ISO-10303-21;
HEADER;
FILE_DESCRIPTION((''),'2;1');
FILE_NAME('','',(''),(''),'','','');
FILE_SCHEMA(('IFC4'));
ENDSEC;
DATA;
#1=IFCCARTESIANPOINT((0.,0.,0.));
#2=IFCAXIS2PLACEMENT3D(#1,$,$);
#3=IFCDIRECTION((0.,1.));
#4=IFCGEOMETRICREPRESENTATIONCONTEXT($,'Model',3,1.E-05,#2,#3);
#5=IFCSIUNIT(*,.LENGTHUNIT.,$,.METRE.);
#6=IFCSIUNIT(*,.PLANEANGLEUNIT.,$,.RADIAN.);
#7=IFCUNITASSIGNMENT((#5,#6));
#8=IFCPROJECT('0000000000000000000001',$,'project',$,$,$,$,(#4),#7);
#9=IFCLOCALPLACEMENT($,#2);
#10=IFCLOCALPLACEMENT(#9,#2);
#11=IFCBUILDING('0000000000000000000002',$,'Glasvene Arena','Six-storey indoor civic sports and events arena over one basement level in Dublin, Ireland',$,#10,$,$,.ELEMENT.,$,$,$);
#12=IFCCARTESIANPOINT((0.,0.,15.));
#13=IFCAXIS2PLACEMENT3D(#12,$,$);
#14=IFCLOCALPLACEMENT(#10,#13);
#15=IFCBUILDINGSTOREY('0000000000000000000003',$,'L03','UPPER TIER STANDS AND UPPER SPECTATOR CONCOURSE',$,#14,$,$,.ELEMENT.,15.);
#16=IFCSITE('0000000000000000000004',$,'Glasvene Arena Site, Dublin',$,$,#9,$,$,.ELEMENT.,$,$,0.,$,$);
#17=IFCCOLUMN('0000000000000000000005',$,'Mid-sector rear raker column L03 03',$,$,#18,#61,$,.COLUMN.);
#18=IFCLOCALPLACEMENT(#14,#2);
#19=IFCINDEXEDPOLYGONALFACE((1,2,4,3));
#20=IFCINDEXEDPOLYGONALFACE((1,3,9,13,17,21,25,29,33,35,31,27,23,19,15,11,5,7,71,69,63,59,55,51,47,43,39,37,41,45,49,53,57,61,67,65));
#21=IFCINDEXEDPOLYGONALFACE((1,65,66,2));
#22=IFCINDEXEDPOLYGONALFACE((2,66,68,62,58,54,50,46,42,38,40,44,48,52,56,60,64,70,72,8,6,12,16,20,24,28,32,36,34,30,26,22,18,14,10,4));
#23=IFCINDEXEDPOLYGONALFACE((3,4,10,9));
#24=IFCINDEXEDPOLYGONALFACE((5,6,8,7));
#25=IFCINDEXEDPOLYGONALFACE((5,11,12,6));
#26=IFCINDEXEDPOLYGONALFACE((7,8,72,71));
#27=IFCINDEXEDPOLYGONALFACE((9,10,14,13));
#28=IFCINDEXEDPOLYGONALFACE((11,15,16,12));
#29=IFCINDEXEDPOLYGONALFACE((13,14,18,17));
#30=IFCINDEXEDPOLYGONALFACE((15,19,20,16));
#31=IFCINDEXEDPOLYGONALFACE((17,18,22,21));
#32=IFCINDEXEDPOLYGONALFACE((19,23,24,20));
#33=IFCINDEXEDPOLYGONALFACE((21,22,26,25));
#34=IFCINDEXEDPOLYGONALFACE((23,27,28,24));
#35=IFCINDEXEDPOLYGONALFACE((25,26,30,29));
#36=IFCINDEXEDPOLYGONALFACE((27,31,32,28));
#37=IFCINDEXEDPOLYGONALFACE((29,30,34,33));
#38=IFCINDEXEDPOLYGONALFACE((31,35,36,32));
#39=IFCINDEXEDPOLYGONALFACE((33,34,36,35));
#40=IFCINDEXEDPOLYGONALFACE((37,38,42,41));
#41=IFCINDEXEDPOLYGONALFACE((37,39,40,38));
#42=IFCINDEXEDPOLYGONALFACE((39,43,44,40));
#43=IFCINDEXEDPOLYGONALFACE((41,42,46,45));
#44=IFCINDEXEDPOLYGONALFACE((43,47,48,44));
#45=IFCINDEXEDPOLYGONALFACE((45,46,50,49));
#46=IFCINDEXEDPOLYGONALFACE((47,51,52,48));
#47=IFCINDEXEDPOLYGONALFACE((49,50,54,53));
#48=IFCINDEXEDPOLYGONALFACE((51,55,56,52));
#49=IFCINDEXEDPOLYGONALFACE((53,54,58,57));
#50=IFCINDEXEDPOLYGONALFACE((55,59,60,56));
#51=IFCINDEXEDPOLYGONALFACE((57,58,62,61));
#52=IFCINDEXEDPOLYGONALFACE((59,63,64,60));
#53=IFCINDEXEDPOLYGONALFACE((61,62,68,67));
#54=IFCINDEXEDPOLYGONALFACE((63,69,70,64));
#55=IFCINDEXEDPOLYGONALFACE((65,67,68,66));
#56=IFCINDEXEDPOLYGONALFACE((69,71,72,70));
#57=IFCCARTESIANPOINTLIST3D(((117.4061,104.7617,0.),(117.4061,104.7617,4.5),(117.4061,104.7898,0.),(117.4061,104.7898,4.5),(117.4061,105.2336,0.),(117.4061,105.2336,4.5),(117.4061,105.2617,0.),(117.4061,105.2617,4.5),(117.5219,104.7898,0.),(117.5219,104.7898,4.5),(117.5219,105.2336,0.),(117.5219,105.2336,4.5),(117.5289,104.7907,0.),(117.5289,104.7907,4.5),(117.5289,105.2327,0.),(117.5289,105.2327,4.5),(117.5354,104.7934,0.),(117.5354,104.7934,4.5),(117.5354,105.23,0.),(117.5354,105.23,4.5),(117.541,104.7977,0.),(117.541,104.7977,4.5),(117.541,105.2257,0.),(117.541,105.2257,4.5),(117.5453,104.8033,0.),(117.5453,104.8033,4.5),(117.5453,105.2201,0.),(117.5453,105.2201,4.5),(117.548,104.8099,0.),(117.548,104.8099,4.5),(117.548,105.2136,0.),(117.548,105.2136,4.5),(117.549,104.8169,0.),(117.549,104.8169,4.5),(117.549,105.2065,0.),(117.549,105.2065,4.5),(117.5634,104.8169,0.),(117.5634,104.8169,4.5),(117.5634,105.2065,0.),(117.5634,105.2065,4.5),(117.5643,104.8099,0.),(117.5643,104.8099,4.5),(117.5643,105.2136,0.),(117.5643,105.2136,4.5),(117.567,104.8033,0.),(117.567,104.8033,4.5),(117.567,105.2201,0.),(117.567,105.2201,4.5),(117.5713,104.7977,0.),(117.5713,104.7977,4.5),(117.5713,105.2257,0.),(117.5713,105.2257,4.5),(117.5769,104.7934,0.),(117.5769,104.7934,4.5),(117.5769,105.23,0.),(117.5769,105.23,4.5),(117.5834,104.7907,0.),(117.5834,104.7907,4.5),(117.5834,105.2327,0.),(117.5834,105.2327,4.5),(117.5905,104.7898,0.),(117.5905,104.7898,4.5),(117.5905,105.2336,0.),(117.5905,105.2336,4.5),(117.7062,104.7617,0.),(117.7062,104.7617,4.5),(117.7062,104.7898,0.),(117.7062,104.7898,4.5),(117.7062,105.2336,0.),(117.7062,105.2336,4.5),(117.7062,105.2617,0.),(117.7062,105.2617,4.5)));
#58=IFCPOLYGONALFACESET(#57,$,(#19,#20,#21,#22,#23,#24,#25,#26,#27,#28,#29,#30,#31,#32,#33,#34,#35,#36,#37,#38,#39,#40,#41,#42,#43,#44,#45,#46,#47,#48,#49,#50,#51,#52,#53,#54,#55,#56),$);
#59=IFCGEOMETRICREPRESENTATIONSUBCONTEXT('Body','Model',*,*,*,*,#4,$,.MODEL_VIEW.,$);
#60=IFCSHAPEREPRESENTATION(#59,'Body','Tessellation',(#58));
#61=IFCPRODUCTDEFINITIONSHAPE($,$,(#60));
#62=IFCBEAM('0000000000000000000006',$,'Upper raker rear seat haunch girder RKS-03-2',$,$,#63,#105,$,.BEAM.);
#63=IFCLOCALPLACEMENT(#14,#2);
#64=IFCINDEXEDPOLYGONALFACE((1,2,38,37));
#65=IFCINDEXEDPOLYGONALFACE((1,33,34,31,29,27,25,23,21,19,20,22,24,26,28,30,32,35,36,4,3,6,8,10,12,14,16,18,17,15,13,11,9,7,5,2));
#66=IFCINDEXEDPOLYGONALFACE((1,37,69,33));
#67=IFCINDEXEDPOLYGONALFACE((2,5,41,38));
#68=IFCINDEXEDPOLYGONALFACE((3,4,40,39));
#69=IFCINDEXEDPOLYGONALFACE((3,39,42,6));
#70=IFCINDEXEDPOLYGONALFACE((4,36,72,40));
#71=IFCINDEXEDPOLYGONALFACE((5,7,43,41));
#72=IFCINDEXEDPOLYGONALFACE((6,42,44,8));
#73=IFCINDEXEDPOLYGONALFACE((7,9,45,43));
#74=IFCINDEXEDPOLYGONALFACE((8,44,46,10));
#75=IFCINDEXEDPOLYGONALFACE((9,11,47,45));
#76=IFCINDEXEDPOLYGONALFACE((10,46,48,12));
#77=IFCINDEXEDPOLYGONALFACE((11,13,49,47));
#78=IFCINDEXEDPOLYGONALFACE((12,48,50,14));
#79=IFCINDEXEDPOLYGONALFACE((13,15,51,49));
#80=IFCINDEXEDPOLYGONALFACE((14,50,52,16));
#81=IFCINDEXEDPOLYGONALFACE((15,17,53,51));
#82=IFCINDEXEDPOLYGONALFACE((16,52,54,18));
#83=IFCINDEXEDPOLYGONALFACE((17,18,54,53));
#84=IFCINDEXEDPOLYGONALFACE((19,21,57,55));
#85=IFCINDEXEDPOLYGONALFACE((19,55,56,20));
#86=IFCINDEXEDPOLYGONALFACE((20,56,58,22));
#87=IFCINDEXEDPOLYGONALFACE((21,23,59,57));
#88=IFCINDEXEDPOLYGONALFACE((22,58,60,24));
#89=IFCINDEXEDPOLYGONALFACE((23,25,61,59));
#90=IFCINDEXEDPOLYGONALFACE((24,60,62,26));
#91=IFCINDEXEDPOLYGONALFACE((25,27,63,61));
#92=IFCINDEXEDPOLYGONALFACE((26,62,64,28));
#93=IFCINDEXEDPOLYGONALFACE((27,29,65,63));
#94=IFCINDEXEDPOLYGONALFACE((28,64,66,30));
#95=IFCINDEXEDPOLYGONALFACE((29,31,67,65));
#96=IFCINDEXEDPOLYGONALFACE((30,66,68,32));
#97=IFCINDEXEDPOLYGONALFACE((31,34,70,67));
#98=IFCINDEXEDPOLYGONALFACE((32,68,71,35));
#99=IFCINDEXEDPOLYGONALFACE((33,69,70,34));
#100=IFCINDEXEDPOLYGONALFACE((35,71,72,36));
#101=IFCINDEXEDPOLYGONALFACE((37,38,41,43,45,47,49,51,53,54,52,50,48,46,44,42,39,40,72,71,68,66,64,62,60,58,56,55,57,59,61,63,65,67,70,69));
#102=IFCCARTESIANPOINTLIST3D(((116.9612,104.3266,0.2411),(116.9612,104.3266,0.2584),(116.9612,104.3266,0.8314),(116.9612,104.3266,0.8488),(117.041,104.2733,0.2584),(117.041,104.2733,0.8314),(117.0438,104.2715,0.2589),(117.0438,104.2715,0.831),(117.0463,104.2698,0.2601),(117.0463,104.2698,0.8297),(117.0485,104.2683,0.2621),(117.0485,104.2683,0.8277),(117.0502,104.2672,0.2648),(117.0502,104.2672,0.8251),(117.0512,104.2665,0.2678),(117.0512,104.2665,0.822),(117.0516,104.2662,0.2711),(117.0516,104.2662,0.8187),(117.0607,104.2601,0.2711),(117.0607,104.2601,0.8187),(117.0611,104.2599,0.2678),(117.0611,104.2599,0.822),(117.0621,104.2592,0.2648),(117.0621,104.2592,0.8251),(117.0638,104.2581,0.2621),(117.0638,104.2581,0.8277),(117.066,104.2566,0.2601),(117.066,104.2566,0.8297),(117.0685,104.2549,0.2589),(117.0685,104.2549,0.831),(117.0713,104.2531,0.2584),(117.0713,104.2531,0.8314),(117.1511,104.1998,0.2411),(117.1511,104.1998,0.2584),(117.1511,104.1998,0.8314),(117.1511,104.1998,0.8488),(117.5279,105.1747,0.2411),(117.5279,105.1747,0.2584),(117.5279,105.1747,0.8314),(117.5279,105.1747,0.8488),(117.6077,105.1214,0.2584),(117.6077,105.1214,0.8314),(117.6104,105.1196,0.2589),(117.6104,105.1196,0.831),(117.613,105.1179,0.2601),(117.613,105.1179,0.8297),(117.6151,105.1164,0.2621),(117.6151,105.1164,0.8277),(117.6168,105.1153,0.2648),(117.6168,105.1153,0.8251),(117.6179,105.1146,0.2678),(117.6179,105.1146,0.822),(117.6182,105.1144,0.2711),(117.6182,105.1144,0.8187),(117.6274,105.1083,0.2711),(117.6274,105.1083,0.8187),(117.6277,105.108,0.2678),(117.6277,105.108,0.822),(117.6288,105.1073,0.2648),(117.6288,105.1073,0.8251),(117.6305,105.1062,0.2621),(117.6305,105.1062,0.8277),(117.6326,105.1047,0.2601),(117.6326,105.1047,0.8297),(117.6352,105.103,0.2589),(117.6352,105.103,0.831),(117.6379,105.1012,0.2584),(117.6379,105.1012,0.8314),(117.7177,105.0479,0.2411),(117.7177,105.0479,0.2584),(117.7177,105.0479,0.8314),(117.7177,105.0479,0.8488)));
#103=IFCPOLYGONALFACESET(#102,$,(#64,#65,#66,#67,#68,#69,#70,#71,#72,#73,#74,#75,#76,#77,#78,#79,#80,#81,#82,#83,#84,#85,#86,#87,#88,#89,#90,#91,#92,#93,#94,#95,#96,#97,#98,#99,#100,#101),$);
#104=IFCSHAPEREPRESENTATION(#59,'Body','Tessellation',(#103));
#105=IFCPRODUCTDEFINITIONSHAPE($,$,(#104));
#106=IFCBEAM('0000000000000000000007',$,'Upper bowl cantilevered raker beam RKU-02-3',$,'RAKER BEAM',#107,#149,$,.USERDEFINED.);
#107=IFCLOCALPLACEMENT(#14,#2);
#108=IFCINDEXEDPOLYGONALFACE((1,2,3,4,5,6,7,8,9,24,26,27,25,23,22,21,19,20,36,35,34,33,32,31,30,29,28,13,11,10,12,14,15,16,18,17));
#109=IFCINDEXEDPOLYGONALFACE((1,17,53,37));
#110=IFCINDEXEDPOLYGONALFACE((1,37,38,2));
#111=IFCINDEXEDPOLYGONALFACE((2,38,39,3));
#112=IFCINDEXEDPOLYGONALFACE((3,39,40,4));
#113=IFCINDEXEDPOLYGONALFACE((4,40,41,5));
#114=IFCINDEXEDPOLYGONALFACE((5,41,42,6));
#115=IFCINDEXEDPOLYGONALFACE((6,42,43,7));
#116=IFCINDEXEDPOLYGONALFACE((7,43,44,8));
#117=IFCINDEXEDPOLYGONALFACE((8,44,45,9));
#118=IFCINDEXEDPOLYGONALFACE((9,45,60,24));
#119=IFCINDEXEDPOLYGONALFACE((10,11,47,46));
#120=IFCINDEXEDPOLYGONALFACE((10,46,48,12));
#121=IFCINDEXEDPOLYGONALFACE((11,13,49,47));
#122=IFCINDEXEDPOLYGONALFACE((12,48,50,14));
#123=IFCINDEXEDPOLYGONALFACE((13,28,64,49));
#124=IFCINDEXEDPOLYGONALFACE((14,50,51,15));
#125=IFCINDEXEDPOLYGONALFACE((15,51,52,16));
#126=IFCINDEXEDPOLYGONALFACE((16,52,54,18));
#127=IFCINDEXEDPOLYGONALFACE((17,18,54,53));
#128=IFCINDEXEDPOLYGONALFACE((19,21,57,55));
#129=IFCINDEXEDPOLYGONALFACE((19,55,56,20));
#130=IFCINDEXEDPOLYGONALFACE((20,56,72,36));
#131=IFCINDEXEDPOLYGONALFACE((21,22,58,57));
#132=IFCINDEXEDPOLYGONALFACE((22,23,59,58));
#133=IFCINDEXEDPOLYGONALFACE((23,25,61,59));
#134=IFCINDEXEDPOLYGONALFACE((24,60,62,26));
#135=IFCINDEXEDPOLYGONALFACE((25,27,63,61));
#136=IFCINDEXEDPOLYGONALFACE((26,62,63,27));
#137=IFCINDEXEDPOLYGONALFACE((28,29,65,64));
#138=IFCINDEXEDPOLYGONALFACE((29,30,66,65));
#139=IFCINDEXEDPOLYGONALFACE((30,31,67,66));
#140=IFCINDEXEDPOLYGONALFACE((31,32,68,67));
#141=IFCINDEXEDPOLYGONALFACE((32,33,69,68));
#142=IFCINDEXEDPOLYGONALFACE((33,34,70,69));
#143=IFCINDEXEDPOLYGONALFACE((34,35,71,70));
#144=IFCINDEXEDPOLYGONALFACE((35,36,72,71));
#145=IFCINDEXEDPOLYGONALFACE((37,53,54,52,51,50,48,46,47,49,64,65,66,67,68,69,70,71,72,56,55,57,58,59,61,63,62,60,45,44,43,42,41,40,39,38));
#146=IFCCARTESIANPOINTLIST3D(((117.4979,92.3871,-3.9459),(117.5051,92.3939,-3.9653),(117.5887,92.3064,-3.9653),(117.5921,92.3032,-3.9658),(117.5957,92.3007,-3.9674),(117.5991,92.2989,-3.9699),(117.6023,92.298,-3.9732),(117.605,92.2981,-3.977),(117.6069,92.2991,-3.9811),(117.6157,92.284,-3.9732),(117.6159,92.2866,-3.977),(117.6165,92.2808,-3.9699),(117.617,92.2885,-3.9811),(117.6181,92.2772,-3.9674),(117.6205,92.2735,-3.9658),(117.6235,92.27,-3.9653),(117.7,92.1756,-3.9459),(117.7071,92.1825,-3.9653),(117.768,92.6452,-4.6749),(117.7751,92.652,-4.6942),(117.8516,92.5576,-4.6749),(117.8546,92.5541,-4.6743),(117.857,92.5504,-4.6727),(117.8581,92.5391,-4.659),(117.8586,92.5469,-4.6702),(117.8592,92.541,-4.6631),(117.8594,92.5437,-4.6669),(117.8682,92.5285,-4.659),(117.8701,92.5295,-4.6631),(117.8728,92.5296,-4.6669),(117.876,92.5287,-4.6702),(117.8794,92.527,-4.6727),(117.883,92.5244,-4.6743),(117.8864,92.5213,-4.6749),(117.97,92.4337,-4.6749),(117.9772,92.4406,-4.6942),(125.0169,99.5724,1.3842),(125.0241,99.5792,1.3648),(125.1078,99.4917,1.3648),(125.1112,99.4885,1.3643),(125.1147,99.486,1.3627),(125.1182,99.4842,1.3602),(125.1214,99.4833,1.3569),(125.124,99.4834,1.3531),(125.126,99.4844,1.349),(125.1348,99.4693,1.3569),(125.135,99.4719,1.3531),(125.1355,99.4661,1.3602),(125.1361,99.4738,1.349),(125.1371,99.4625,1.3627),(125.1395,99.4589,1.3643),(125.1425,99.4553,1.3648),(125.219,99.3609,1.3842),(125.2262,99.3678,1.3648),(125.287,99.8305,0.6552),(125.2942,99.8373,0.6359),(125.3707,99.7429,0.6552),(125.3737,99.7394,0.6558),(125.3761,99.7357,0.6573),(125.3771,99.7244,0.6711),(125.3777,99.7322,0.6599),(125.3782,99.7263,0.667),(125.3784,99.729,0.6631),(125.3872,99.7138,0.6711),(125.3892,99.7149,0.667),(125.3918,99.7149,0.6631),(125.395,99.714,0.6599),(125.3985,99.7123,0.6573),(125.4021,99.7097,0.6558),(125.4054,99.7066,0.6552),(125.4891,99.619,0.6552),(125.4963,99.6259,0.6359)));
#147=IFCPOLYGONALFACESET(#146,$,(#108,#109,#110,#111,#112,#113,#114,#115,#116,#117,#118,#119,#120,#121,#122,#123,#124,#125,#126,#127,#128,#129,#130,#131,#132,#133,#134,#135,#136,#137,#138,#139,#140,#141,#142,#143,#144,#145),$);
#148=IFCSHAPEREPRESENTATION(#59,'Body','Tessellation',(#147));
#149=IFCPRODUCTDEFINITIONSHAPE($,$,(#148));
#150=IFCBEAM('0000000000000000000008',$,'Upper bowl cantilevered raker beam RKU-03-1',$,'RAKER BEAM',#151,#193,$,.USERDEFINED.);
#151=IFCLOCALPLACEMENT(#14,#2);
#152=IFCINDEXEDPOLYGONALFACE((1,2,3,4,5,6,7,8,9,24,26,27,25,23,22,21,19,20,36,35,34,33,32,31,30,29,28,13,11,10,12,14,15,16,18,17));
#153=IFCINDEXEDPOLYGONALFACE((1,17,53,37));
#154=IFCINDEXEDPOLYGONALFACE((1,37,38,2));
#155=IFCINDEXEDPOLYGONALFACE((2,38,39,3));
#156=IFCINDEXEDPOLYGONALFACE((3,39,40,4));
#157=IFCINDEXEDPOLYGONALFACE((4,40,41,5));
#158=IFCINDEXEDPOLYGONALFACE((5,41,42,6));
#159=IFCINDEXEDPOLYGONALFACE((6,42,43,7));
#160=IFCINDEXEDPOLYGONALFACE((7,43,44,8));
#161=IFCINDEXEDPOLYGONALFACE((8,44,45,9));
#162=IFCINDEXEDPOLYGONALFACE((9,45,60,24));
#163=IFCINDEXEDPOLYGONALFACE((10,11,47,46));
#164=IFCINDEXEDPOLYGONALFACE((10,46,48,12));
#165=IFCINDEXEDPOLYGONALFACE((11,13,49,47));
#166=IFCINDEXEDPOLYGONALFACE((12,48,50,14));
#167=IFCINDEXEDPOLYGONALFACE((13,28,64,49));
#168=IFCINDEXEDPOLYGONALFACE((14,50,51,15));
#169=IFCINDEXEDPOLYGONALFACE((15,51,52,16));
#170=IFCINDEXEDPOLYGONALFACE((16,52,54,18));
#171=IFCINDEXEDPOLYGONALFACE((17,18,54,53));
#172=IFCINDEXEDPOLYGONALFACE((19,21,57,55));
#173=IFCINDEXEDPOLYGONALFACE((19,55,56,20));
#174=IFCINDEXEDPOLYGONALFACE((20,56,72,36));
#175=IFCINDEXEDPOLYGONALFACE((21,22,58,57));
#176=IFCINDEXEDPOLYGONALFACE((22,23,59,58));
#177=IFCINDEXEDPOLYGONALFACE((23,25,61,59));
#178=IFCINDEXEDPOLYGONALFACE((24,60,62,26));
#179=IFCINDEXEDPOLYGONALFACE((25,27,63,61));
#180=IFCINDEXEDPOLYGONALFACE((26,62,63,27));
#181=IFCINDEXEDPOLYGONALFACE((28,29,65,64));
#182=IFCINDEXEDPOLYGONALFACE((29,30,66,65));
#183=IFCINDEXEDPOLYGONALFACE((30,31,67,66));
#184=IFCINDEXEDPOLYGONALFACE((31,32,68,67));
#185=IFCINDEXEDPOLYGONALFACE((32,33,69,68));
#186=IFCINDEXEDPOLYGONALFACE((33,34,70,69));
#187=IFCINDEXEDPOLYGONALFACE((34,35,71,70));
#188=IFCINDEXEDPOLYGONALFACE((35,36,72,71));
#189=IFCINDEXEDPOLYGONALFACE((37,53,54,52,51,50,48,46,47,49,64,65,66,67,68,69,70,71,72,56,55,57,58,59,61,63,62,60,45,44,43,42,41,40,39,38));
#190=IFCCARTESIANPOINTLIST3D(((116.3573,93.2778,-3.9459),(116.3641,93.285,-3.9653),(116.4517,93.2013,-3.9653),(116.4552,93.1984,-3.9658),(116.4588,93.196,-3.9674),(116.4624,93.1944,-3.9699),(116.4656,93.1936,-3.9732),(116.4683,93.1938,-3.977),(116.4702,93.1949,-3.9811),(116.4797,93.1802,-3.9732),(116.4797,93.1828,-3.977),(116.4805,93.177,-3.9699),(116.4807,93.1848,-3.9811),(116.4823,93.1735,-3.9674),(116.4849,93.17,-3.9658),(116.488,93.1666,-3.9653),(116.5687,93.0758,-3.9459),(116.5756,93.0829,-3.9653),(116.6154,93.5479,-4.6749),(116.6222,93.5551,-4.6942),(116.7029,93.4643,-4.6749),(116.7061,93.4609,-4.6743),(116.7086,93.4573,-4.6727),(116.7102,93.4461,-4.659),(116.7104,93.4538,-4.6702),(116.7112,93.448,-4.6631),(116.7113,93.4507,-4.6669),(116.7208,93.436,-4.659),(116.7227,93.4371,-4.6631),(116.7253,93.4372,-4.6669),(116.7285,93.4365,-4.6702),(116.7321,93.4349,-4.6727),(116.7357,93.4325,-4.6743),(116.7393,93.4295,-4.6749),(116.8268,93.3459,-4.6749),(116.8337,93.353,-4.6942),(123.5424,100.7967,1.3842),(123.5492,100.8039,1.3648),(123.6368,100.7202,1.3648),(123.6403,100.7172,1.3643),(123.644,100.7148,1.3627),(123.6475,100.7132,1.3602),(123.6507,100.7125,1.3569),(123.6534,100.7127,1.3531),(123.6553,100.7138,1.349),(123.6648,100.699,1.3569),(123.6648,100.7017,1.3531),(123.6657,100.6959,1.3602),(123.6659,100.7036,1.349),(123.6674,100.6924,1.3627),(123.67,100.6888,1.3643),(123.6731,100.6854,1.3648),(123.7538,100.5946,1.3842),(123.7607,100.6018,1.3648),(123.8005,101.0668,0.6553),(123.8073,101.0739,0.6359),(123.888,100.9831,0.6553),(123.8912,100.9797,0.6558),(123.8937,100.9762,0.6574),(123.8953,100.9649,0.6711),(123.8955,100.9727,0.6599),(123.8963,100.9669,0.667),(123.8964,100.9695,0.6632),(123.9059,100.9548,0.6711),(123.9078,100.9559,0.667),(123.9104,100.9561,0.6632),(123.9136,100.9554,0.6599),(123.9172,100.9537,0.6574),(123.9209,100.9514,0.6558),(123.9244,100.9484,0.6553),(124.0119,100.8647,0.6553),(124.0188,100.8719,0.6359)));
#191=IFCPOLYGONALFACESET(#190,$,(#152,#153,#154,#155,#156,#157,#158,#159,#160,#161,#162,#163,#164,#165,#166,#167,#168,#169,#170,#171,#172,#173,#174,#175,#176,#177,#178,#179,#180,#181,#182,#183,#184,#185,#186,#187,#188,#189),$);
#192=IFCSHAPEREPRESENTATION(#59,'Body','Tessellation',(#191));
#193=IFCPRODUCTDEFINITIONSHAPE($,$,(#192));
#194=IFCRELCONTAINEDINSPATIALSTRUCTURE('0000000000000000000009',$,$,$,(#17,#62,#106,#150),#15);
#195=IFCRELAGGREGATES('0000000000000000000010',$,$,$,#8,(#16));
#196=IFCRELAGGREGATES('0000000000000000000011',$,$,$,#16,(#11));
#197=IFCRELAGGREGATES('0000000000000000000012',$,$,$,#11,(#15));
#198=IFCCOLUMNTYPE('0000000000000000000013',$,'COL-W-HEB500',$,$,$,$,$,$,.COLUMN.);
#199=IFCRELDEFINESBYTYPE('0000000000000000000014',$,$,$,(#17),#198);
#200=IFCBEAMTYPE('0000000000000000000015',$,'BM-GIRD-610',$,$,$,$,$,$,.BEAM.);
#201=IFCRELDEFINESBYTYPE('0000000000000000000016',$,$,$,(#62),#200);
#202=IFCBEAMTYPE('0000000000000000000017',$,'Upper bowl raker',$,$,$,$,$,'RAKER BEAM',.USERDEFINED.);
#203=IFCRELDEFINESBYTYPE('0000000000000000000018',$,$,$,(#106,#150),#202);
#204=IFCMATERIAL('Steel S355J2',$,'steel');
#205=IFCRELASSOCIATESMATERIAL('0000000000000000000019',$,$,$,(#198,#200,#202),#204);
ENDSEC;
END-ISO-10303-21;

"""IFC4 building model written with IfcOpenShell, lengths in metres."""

from ifc_helpers import new_model, si_unit, direction, frame, origin, origin_2d, place, context, subcontext, project, spatial, i_section, extrude, material, material_profile, profile_set, type_object, element, save


model = new_model("IFC4")

# Units and contexts
model_context = context("Model", 3, precision=1e-05, world=origin(), true_north=direction((0.0, 1.0)))
body_context = subcontext(model_context, "Body", "Model", "MODEL_VIEW")
ifc_project = project(units=[si_unit("LENGTHUNIT", "METRE"), si_unit("PLANEANGLEUNIT", "RADIAN")], contexts=[model_context])

# Site, building, storey
site_placement = place(None, origin())
site = spatial("IfcSite", under=ifc_project, at=site_placement, Name="Glasvene Arena Site, Dublin", CompositionType="ELEMENT", RefElevation=0.0)
building_placement = place(site_placement, origin())
building = spatial("IfcBuilding", under=site, at=building_placement, Name="Glasvene Arena", Description="Six-storey indoor civic sports and events arena over one basement level in Dublin, Ireland", CompositionType="ELEMENT")
storey_placement = place(building_placement, frame((0.0, 0.0, 15.0)))
storey = spatial("IfcBuildingStorey", under=building, at=storey_placement, Name="L03", Description="UPPER TIER STANDS AND UPPER SPECTATOR CONCOURSE", CompositionType="ELEMENT", Elevation=15.0)

# Column
ifc_material_1 = material(Name="Steel S355J2", Category="steel")
ifc_material_profile_1 = material_profile(ifc_material_1, i_section(OverallWidth=0.3, OverallDepth=0.5, WebThickness=0.0144, FlangeThickness=0.0281, FilletRadius=0.0271, at=origin_2d()), Name="HEB 500")
ifc_profile_set_1 = profile_set([ifc_material_profile_1], Name="Steel S355J2")
column_type = type_object("IfcColumnType", Name="COL-W-HEB500", PredefinedType="COLUMN", material=ifc_profile_set_1)
column_placement = place(storey_placement, frame((117.5562, 105.0117, 0.0), z_axis=(0.0, 0.0, 1.0), x_axis=(1.0, 0.0, 0.0)))
element("IfcColumn", 1, at=column_placement, inside=storey, type_object=column_type, Name="Mid-sector rear raker column L03 03", PredefinedType="COLUMN", context=body_context, shape_type="SweptSolid", body=[
    extrude(i_section(OverallWidth=0.3, OverallDepth=0.5, WebThickness=0.0144, FlangeThickness=0.0281, FilletRadius=0.0271, at=origin_2d()), origin(), (0.0, 0.0, 1.0), 4.5),
])

# Beams
ifc_material_profile_2 = material_profile(ifc_material_1, i_section(OverallWidth=0.2283, OverallDepth=0.6077, WebThickness=0.011, FlangeThickness=0.0173, FilletRadius=0.0127, at=origin_2d()), Name="UKB 610x229x113")
ifc_profile_set_2 = profile_set([ifc_material_profile_2], Name="Steel S355J2")
beam_type_1 = type_object("IfcBeamType", Name="BM-GIRD-610", PredefinedType="BEAM", material=ifc_profile_set_2)
beam_1_placement = place(storey_placement, frame((117.0562, 104.2632, 0.5449), z_axis=(0.555528, 0.831498, 0.0), x_axis=(-0.831498, 0.555528, 0.0)))
element("IfcBeam", 2, at=beam_1_placement, inside=storey, type_object=beam_type_1, Name="Upper raker rear seat haunch girder RKS-03-2", PredefinedType="BEAM", context=body_context, shape_type="SweptSolid", body=[
    extrude(i_section(OverallWidth=0.2283, OverallDepth=0.6077, WebThickness=0.011, FlangeThickness=0.0173, FilletRadius=0.0127, at=origin_2d()), origin(), (0.0, 0.0, 1.0), 1.02),
])
ifc_material_profile_3 = material_profile(ifc_material_1, i_section(OverallWidth=0.2925, OverallDepth=0.8408, WebThickness=0.0146, FlangeThickness=0.0217, FilletRadius=0.0178, at=origin_2d()), Name="UKB 838x292x194")
ifc_profile_set_3 = profile_set([ifc_material_profile_3], Name="Steel S355J2")
beam_type_2 = type_object("IfcBeamType", Name="Upper bowl raker", ElementType="RAKER BEAM", PredefinedType="USERDEFINED", material=ifc_profile_set_3)
beam_2_placement = place(storey_placement, frame((117.7375, 92.4138, -4.3201), z_axis=(0.643396, 0.614838, 0.456088), x_axis=(-0.69088, 0.72297, 0.0)))
element("IfcBeam", 3, at=beam_2_placement, inside=storey, type_object=beam_type_2, Name="Upper bowl cantilevered raker beam RKU-02-3", ObjectType="RAKER BEAM", PredefinedType="USERDEFINED", context=body_context, shape_type="SweptSolid", body=[
    extrude(i_section(OverallWidth=0.2925, OverallDepth=0.8408, WebThickness=0.0146, FlangeThickness=0.0217, FilletRadius=0.0178, at=origin_2d()), origin(), (0.0, 0.0, 1.0), 11.6865),
])
beam_3_placement = place(storey_placement, frame((116.5955, 93.3154, -4.3201), z_axis=(0.614833, 0.643392, 0.4561), x_axis=(-0.72297, 0.690879, 0.0)))
element("IfcBeam", 4, at=beam_3_placement, inside=storey, type_object=beam_type_2, Name="Upper bowl cantilevered raker beam RKU-03-1", ObjectType="RAKER BEAM", PredefinedType="USERDEFINED", context=body_context, shape_type="SweptSolid", body=[
    extrude(i_section(OverallWidth=0.2925, OverallDepth=0.8408, WebThickness=0.0146, FlangeThickness=0.0217, FilletRadius=0.0178, at=origin_2d()), origin(), (0.0, 0.0, 1.0), 11.6863),
])

save(model, "model.ifc")
